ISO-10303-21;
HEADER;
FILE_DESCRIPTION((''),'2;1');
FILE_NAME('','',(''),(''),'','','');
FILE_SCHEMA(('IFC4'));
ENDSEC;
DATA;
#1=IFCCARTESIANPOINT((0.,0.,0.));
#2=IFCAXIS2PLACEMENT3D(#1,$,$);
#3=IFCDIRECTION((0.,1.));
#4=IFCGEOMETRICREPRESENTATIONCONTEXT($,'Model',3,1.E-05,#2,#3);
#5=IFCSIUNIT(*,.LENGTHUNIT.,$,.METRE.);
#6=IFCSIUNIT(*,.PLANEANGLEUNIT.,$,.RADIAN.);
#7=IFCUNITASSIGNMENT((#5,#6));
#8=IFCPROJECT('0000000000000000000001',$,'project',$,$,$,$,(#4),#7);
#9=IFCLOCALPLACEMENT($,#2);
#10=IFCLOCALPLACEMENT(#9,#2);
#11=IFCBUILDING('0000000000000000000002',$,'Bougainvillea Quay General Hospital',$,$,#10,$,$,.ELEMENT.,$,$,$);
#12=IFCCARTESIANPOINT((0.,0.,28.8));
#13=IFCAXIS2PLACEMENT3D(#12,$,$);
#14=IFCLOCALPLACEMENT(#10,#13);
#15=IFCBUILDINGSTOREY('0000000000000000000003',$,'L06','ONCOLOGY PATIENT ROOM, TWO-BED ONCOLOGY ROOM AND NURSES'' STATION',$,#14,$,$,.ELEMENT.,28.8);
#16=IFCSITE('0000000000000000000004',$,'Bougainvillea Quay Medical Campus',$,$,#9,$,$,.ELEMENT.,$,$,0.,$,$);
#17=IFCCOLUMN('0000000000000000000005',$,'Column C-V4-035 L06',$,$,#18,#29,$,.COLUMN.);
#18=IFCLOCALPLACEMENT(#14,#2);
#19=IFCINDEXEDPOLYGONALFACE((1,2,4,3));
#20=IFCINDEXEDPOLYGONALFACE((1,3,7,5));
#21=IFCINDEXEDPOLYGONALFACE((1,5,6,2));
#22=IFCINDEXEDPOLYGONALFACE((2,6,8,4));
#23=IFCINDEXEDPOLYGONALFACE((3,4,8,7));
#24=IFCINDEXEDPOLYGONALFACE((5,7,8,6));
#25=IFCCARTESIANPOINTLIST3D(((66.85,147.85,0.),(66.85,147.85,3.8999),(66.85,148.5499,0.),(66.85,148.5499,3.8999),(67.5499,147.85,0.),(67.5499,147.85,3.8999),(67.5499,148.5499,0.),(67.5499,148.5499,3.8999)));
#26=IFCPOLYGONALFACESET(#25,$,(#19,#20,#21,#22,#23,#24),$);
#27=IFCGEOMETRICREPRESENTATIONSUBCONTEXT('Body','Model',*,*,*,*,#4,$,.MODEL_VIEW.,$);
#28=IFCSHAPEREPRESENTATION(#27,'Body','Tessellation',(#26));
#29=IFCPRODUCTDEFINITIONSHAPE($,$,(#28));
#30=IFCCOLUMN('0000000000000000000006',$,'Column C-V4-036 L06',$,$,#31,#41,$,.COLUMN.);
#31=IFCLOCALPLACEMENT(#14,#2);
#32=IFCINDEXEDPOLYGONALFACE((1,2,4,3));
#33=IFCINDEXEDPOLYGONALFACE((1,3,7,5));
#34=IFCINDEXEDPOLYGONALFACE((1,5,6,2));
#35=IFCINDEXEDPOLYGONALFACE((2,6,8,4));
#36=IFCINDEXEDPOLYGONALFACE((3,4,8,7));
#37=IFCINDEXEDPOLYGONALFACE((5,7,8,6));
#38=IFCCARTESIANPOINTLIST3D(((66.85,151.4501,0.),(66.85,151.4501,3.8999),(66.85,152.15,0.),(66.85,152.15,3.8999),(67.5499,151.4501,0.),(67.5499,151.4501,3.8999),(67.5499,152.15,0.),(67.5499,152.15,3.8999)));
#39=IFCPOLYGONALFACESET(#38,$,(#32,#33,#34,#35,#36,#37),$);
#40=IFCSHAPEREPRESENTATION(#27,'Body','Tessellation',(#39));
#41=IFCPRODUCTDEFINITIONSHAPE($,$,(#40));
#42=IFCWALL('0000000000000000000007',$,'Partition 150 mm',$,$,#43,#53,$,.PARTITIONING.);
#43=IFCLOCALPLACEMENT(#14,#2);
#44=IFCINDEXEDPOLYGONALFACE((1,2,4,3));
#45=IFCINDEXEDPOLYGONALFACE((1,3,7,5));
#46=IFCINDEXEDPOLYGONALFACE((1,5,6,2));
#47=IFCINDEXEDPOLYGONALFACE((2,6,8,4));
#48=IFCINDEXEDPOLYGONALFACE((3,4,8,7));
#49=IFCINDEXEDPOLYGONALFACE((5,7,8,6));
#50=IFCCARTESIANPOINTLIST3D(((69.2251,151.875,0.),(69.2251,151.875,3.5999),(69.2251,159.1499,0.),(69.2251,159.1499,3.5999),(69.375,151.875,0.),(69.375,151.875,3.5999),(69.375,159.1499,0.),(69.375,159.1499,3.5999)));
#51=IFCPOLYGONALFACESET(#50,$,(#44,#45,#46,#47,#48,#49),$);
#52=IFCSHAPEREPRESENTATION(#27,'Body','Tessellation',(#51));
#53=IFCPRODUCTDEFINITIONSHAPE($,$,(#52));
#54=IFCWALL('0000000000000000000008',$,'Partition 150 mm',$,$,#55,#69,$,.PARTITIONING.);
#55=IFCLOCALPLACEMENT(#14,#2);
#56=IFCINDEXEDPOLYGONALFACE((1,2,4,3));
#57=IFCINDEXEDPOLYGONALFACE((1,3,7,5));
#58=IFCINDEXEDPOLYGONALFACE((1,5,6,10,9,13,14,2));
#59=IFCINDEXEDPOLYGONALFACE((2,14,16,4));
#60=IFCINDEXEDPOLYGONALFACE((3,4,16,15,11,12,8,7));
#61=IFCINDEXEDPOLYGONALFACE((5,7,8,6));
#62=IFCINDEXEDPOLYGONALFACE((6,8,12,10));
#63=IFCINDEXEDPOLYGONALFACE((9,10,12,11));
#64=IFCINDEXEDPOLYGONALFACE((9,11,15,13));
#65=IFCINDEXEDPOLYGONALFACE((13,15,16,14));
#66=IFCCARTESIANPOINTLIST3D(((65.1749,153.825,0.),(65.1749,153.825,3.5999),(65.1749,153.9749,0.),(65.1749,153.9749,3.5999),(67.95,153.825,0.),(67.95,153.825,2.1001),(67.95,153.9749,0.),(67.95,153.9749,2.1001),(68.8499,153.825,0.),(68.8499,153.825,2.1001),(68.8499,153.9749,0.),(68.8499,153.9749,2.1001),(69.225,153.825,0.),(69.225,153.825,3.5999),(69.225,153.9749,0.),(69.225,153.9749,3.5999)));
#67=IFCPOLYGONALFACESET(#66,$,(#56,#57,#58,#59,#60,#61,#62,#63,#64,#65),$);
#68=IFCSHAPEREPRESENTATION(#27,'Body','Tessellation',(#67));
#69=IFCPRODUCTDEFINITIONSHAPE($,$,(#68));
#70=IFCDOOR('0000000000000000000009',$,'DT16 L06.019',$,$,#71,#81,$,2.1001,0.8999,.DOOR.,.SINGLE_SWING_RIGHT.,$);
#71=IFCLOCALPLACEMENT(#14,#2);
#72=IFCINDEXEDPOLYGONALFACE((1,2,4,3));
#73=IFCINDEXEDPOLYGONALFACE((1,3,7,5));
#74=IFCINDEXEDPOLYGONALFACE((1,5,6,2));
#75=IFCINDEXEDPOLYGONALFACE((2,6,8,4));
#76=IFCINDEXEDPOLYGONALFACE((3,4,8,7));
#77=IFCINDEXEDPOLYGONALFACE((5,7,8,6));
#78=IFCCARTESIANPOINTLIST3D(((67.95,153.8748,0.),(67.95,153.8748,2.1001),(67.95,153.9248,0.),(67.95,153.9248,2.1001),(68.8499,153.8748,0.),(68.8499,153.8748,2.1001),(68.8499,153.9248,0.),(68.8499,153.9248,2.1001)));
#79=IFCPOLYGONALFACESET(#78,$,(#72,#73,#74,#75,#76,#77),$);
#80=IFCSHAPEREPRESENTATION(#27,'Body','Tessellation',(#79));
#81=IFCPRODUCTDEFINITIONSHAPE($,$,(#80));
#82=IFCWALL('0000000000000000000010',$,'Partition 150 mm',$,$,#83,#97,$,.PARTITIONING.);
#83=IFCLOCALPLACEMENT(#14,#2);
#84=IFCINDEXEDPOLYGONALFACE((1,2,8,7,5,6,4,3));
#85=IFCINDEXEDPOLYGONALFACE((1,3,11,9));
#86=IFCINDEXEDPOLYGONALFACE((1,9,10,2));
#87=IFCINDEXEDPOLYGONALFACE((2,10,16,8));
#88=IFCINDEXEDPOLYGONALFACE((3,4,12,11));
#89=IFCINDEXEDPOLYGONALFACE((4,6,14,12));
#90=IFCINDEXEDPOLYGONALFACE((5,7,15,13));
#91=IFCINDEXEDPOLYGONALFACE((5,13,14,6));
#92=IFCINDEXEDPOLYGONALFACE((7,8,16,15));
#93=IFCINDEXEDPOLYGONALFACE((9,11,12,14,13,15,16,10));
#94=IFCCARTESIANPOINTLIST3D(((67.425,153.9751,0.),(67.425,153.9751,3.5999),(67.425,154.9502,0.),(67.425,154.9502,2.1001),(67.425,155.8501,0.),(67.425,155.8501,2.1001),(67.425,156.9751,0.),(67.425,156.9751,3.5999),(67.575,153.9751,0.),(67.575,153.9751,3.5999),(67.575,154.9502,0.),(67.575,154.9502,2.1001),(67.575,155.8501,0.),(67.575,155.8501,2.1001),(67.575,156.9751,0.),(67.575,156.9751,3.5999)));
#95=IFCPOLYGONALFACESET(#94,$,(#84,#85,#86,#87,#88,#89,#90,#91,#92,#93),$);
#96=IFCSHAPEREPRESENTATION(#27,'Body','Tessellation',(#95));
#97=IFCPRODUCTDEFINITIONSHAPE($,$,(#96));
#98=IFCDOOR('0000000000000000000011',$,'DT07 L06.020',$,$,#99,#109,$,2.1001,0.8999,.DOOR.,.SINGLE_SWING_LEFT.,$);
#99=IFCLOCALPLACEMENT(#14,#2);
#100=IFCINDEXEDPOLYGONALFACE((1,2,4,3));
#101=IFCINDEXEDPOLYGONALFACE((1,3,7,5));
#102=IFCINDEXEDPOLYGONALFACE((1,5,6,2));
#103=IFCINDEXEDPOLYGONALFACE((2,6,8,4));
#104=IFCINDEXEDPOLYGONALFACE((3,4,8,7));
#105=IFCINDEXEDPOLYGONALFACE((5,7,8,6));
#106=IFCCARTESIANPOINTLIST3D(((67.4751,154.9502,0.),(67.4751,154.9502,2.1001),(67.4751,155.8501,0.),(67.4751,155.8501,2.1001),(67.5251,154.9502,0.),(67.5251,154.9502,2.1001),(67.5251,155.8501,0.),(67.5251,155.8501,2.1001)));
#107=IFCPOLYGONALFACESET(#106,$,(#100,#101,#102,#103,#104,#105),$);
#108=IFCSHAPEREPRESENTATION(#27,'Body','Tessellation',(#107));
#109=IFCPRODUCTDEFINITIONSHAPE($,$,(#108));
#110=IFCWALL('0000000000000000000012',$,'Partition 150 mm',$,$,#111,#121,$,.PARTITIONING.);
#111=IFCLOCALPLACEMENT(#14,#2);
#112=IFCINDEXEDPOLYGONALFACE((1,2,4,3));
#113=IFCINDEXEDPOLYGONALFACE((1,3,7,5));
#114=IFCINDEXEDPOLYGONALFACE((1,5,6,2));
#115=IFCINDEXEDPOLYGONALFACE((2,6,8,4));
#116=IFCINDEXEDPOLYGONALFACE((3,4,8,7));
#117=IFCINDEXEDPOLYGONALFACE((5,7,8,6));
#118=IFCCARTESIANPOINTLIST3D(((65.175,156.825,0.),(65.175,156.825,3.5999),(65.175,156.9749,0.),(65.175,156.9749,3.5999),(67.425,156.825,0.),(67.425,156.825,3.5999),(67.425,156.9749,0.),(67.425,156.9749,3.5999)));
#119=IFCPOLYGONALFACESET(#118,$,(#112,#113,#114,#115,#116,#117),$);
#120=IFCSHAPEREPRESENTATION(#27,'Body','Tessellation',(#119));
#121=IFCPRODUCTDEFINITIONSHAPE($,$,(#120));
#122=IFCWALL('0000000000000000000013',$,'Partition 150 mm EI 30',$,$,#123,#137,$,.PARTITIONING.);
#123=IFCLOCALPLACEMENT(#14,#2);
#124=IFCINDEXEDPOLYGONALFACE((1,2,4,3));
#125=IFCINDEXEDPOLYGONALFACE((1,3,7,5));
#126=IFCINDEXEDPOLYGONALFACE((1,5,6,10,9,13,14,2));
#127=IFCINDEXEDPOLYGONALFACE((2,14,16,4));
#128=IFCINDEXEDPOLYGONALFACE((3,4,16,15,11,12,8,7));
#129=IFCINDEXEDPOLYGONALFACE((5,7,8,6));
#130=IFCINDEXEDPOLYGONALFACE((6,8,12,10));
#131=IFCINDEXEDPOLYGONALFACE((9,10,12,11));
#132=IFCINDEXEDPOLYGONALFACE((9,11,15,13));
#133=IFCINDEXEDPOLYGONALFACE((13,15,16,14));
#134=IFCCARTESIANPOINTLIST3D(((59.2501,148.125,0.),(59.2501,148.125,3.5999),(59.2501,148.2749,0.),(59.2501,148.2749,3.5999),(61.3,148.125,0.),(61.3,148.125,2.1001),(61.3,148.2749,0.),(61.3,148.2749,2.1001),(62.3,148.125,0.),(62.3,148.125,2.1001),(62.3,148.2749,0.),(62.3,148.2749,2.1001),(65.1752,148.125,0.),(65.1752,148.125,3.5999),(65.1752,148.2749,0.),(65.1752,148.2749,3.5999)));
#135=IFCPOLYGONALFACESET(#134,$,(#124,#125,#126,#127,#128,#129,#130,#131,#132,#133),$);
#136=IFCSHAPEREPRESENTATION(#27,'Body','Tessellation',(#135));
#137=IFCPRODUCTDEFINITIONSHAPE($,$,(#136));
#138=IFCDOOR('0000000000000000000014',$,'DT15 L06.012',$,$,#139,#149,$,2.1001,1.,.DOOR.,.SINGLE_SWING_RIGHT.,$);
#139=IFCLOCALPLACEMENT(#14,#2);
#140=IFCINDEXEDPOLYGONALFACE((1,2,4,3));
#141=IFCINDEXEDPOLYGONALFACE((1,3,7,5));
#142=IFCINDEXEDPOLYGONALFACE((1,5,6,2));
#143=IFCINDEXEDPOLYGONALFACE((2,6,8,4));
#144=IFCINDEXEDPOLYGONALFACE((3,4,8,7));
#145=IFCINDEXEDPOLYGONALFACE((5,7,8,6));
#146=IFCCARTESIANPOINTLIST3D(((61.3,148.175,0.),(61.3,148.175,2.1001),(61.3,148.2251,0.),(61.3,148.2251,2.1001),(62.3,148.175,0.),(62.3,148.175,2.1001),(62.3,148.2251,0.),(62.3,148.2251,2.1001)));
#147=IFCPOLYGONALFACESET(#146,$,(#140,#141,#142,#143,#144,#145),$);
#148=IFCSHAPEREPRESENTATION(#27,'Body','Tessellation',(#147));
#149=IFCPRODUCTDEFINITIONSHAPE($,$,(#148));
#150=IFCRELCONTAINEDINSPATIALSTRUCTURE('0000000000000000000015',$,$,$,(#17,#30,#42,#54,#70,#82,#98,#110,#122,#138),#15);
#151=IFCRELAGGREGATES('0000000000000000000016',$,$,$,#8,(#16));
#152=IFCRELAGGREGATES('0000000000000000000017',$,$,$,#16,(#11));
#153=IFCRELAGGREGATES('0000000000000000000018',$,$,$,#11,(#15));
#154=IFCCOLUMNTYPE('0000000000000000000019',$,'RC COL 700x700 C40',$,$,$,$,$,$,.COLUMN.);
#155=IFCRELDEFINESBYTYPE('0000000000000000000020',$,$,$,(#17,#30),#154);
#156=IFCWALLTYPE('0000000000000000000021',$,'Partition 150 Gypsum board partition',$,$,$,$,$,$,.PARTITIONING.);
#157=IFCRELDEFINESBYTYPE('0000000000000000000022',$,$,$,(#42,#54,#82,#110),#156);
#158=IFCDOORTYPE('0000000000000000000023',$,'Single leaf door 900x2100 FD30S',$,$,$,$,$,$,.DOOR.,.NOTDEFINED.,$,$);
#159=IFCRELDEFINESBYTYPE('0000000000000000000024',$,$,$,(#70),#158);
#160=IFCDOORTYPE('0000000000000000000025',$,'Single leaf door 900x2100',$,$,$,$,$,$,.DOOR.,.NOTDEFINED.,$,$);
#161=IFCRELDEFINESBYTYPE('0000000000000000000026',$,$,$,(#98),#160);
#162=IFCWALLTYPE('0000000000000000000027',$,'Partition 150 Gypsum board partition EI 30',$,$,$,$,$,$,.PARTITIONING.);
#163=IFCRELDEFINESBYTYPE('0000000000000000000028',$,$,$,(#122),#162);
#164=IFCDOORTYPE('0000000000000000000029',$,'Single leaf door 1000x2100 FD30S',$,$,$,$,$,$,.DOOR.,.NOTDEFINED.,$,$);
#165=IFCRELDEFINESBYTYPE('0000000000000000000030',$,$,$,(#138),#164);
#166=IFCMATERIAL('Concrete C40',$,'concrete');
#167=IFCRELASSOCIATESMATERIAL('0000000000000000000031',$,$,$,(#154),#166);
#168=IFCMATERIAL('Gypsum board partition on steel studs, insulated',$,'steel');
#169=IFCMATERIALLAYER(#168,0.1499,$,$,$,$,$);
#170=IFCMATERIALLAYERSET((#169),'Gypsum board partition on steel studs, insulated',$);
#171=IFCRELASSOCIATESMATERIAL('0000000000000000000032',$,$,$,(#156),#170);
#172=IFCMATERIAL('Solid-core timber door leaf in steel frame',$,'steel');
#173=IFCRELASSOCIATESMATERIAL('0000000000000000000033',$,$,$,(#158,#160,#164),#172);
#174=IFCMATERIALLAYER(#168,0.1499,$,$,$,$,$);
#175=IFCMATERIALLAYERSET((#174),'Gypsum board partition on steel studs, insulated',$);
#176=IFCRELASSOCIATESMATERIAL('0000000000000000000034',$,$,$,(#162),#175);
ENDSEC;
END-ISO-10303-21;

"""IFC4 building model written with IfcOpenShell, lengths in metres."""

from ifc_helpers import new_model, si_unit, direction, frame, frame_2d, origin, origin_2d, place, context, subcontext, project, spatial, rectangle, extrude, material, layer, layer_set, material_profile, profile_set, type_object, element, fill, save


model = new_model("IFC4")

# Units and contexts
model_context = context("Model", 3, precision=1e-05, world=origin(), true_north=direction((0.0, 1.0)))
body_context = subcontext(model_context, "Body", "Model", "MODEL_VIEW")
ifc_project = project(units=[si_unit("LENGTHUNIT", "METRE"), si_unit("PLANEANGLEUNIT", "RADIAN")], contexts=[model_context])

# Site, building, storey
site_placement = place(None, origin())
site = spatial("IfcSite", under=ifc_project, at=site_placement, Name="Bougainvillea Quay Medical Campus", CompositionType="ELEMENT", RefElevation=0.0)
building_placement = place(site_placement, origin())
building = spatial("IfcBuilding", under=site, at=building_placement, Name="Bougainvillea Quay General Hospital", CompositionType="ELEMENT")
storey_placement = place(building_placement, frame((0.0, 0.0, 28.8)))
storey = spatial("IfcBuildingStorey", under=building, at=storey_placement, Name="L06", Description="ONCOLOGY PATIENT ROOM, TWO-BED ONCOLOGY ROOM AND NURSES' STATION", CompositionType="ELEMENT", Elevation=28.8)

# Columns
ifc_material_1 = material(Name="Concrete C40", Category="concrete")
ifc_material_profile = material_profile(ifc_material_1, rectangle(XDim=0.7, YDim=0.7, at=origin_2d()))
ifc_profile_set = profile_set([ifc_material_profile], Name="Concrete C40")
column_type = type_object("IfcColumnType", Name="RC COL 700x700 C40", PredefinedType="COLUMN", material=ifc_profile_set)
for number, where, z_axis, x_axis, name in (
    (1, (67.2, 148.2, 0.0), (0.0, 0.0, 1.0), (1.0, 0.0, 0.0), "Column C-V4-035 L06"),
    (2, (67.2, 151.8, 0.0), (0.0, 0.0, 1.0), (1.0, 0.0, 0.0), "Column C-V4-036 L06"),
):
    element("IfcColumn", number, at=place(storey_placement, frame(where, z_axis=z_axis, x_axis=x_axis)), inside=storey, type_object=column_type, Name=name, PredefinedType="COLUMN", context=body_context, shape_type="SweptSolid", body=[
        extrude(rectangle(XDim=0.7, YDim=0.7, at=origin_2d()), origin(), (0.0, 0.0, 1.0), 3.8999),
    ])

# Wall
ifc_material_2 = material(Name="Gypsum board partition on steel studs, insulated", Category="steel")
ifc_layer_1 = layer(ifc_material_2, 0.1499)
ifc_layer_set_1 = layer_set([ifc_layer_1], Name="Gypsum board partition on steel studs, insulated")
wall_type_1 = type_object("IfcWallType", Name="Partition 150 Gypsum board partition", PredefinedType="PARTITIONING", material=ifc_layer_set_1)
wall_1_placement = place(storey_placement, frame((69.3, 151.875, 0.0), z_axis=(0.0, 0.0, 1.0), x_axis=(0.0, 1.0, 0.0)))
element("IfcWall", 3, at=wall_1_placement, inside=storey, type_object=wall_type_1, Name="Partition 150 mm", PredefinedType="PARTITIONING", context=body_context, shape_type="SweptSolid", body=[
    extrude(rectangle(XDim=7.2749, YDim=0.1499, at=frame_2d((3.6375, 0.0))), origin(), (0.0, 0.0, 1.0), 3.5999),
])

# Walls, openings, doors
wall_2_placement = place(storey_placement, frame((65.175, 153.8999, 0.0), z_axis=(0.0, 0.0, 1.0), x_axis=(1.0, 0.0, 0.0)))
wall_2 = element("IfcWall", 4, at=wall_2_placement, inside=storey, type_object=wall_type_1, Name="Partition 150 mm", PredefinedType="PARTITIONING", context=body_context, shape_type="SweptSolid", body=[
    extrude(rectangle(XDim=4.05, YDim=0.1499, at=frame_2d((2.0249, 0.0))), origin(), (0.0, 0.0, 1.0), 3.5999),
])
opening_1_placement = place(wall_2_placement, frame((2.7749, 0.0, 0.0)))
opening_1 = element("IfcOpeningElement", 5, at=opening_1_placement, cuts=wall_2, PredefinedType="OPENING", context=body_context, shape_type="SweptSolid", body=[
    extrude(rectangle(XDim=0.8999, YDim=2.1001, at=frame_2d((0.45, 1.05))), frame((0.0, 0.085, 0.0), z_axis=(0.0, -1.0, 0.0), x_axis=(1.0, 0.0, 0.0)), (0.0, 0.0, 1.0), 0.1699),
])
ifc_material_3 = material(Name="Solid-core timber door leaf in steel frame", Category="steel")
door_type_1 = type_object("IfcDoorType", Name="Single leaf door 900x2100 FD30S", OperationType="NOTDEFINED", PredefinedType="DOOR", material=ifc_material_3)
door_1_placement = place(opening_1_placement, origin())
door_1 = element("IfcDoor", 6, at=door_1_placement, inside=storey, type_object=door_type_1, Name="DT16 L06.019", OperationType="SINGLE_SWING_RIGHT", OverallHeight=2.1001, OverallWidth=0.8999, PredefinedType="DOOR", context=body_context, shape_type="SweptSolid", body=[
    extrude(rectangle(XDim=0.8999, YDim=2.1001, at=frame_2d((0.45, 1.05))), frame((0.0, 0.0249, 0.0), z_axis=(0.0, -1.0, 0.0), x_axis=(1.0, 0.0, 0.0)), (0.0, 0.0, 1.0), 0.05),
])
fill(opening_1, door_1)
wall_3_placement = place(storey_placement, frame((67.5, 153.9751, 0.0), z_axis=(0.0, 0.0, 1.0), x_axis=(0.0, 1.0, 0.0)))
wall_3 = element("IfcWall", 7, at=wall_3_placement, inside=storey, type_object=wall_type_1, Name="Partition 150 mm", PredefinedType="PARTITIONING", context=body_context, shape_type="SweptSolid", body=[
    extrude(rectangle(XDim=3.0, YDim=0.1499, at=frame_2d((1.5, 0.0))), origin(), (0.0, 0.0, 1.0), 3.5999),
])
opening_2_placement = place(wall_3_placement, frame((0.9751, 0.0, 0.0)))
opening_2 = element("IfcOpeningElement", 8, at=opening_2_placement, cuts=wall_3, PredefinedType="OPENING", context=body_context, shape_type="SweptSolid", body=[
    extrude(rectangle(XDim=0.8999, YDim=2.1001, at=frame_2d((0.45, 1.05))), frame((0.0, 0.085, 0.0), z_axis=(0.0, -1.0, 0.0), x_axis=(1.0, 0.0, 0.0)), (0.0, 0.0, 1.0), 0.1699),
])
door_type_2 = type_object("IfcDoorType", Name="Single leaf door 900x2100", OperationType="NOTDEFINED", PredefinedType="DOOR", material=ifc_material_3)
door_2_placement = place(opening_2_placement, origin())
door_2 = element("IfcDoor", 9, at=door_2_placement, inside=storey, type_object=door_type_2, Name="DT07 L06.020", OperationType="SINGLE_SWING_LEFT", OverallHeight=2.1001, OverallWidth=0.8999, PredefinedType="DOOR", context=body_context, shape_type="SweptSolid", body=[
    extrude(rectangle(XDim=0.8999, YDim=2.1001, at=frame_2d((0.45, 1.05))), frame((0.0, 0.0249, 0.0), z_axis=(0.0, -1.0, 0.0), x_axis=(1.0, 0.0, 0.0)), (0.0, 0.0, 1.0), 0.05),
])
fill(opening_2, door_2)

# Wall
wall_4_placement = place(storey_placement, frame((65.175, 156.8999, 0.0), z_axis=(0.0, 0.0, 1.0), x_axis=(1.0, 0.0, 0.0)))
element("IfcWall", 10, at=wall_4_placement, inside=storey, type_object=wall_type_1, Name="Partition 150 mm", PredefinedType="PARTITIONING", context=body_context, shape_type="SweptSolid", body=[
    extrude(rectangle(XDim=2.25, YDim=0.1499, at=frame_2d((1.125, 0.0))), origin(), (0.0, 0.0, 1.0), 3.5999),
])

# Wall, opening, door
ifc_layer_2 = layer(ifc_material_2, 0.1499)
ifc_layer_set_2 = layer_set([ifc_layer_2], Name="Gypsum board partition on steel studs, insulated")
wall_type_2 = type_object("IfcWallType", Name="Partition 150 Gypsum board partition EI 30", PredefinedType="PARTITIONING", material=ifc_layer_set_2)
wall_5_placement = place(storey_placement, frame((65.175, 148.2, 0.0), z_axis=(0.0, 0.0, 1.0), x_axis=(-1.0, 0.0, 0.0)))
wall_5 = element("IfcWall", 11, at=wall_5_placement, inside=storey, type_object=wall_type_2, Name="Partition 150 mm EI 30", PredefinedType="PARTITIONING", context=body_context, shape_type="SweptSolid", body=[
    extrude(rectangle(XDim=5.925, YDim=0.1499, at=frame_2d((2.9624, 0.0))), origin(), (0.0, 0.0, 1.0), 3.5999),
])
opening_3_placement = place(wall_5_placement, frame((2.875, 0.0, 0.0)))
opening_3 = element("IfcOpeningElement", 12, at=opening_3_placement, cuts=wall_5, PredefinedType="OPENING", context=body_context, shape_type="SweptSolid", body=[
    extrude(rectangle(XDim=1.0, YDim=2.1001, at=frame_2d((0.5, 1.05))), frame((0.0, 0.085, 0.0), z_axis=(0.0, -1.0, 0.0), x_axis=(1.0, 0.0, 0.0)), (0.0, 0.0, 1.0), 0.1699),
])
door_type_3 = type_object("IfcDoorType", Name="Single leaf door 1000x2100 FD30S", OperationType="NOTDEFINED", PredefinedType="DOOR", material=ifc_material_3)
door_3_placement = place(opening_3_placement, origin())
door_3 = element("IfcDoor", 13, at=door_3_placement, inside=storey, type_object=door_type_3, Name="DT15 L06.012", OperationType="SINGLE_SWING_RIGHT", OverallHeight=2.1001, OverallWidth=1.0, PredefinedType="DOOR", context=body_context, shape_type="SweptSolid", body=[
    extrude(rectangle(XDim=1.0, YDim=2.1001, at=frame_2d((0.5, 1.05))), frame((0.0, 0.0249, 0.0), z_axis=(0.0, -1.0, 0.0), x_axis=(1.0, 0.0, 0.0)), (0.0, 0.0, 1.0), 0.05),
])
fill(opening_3, door_3)

save(model, "model.ifc")
